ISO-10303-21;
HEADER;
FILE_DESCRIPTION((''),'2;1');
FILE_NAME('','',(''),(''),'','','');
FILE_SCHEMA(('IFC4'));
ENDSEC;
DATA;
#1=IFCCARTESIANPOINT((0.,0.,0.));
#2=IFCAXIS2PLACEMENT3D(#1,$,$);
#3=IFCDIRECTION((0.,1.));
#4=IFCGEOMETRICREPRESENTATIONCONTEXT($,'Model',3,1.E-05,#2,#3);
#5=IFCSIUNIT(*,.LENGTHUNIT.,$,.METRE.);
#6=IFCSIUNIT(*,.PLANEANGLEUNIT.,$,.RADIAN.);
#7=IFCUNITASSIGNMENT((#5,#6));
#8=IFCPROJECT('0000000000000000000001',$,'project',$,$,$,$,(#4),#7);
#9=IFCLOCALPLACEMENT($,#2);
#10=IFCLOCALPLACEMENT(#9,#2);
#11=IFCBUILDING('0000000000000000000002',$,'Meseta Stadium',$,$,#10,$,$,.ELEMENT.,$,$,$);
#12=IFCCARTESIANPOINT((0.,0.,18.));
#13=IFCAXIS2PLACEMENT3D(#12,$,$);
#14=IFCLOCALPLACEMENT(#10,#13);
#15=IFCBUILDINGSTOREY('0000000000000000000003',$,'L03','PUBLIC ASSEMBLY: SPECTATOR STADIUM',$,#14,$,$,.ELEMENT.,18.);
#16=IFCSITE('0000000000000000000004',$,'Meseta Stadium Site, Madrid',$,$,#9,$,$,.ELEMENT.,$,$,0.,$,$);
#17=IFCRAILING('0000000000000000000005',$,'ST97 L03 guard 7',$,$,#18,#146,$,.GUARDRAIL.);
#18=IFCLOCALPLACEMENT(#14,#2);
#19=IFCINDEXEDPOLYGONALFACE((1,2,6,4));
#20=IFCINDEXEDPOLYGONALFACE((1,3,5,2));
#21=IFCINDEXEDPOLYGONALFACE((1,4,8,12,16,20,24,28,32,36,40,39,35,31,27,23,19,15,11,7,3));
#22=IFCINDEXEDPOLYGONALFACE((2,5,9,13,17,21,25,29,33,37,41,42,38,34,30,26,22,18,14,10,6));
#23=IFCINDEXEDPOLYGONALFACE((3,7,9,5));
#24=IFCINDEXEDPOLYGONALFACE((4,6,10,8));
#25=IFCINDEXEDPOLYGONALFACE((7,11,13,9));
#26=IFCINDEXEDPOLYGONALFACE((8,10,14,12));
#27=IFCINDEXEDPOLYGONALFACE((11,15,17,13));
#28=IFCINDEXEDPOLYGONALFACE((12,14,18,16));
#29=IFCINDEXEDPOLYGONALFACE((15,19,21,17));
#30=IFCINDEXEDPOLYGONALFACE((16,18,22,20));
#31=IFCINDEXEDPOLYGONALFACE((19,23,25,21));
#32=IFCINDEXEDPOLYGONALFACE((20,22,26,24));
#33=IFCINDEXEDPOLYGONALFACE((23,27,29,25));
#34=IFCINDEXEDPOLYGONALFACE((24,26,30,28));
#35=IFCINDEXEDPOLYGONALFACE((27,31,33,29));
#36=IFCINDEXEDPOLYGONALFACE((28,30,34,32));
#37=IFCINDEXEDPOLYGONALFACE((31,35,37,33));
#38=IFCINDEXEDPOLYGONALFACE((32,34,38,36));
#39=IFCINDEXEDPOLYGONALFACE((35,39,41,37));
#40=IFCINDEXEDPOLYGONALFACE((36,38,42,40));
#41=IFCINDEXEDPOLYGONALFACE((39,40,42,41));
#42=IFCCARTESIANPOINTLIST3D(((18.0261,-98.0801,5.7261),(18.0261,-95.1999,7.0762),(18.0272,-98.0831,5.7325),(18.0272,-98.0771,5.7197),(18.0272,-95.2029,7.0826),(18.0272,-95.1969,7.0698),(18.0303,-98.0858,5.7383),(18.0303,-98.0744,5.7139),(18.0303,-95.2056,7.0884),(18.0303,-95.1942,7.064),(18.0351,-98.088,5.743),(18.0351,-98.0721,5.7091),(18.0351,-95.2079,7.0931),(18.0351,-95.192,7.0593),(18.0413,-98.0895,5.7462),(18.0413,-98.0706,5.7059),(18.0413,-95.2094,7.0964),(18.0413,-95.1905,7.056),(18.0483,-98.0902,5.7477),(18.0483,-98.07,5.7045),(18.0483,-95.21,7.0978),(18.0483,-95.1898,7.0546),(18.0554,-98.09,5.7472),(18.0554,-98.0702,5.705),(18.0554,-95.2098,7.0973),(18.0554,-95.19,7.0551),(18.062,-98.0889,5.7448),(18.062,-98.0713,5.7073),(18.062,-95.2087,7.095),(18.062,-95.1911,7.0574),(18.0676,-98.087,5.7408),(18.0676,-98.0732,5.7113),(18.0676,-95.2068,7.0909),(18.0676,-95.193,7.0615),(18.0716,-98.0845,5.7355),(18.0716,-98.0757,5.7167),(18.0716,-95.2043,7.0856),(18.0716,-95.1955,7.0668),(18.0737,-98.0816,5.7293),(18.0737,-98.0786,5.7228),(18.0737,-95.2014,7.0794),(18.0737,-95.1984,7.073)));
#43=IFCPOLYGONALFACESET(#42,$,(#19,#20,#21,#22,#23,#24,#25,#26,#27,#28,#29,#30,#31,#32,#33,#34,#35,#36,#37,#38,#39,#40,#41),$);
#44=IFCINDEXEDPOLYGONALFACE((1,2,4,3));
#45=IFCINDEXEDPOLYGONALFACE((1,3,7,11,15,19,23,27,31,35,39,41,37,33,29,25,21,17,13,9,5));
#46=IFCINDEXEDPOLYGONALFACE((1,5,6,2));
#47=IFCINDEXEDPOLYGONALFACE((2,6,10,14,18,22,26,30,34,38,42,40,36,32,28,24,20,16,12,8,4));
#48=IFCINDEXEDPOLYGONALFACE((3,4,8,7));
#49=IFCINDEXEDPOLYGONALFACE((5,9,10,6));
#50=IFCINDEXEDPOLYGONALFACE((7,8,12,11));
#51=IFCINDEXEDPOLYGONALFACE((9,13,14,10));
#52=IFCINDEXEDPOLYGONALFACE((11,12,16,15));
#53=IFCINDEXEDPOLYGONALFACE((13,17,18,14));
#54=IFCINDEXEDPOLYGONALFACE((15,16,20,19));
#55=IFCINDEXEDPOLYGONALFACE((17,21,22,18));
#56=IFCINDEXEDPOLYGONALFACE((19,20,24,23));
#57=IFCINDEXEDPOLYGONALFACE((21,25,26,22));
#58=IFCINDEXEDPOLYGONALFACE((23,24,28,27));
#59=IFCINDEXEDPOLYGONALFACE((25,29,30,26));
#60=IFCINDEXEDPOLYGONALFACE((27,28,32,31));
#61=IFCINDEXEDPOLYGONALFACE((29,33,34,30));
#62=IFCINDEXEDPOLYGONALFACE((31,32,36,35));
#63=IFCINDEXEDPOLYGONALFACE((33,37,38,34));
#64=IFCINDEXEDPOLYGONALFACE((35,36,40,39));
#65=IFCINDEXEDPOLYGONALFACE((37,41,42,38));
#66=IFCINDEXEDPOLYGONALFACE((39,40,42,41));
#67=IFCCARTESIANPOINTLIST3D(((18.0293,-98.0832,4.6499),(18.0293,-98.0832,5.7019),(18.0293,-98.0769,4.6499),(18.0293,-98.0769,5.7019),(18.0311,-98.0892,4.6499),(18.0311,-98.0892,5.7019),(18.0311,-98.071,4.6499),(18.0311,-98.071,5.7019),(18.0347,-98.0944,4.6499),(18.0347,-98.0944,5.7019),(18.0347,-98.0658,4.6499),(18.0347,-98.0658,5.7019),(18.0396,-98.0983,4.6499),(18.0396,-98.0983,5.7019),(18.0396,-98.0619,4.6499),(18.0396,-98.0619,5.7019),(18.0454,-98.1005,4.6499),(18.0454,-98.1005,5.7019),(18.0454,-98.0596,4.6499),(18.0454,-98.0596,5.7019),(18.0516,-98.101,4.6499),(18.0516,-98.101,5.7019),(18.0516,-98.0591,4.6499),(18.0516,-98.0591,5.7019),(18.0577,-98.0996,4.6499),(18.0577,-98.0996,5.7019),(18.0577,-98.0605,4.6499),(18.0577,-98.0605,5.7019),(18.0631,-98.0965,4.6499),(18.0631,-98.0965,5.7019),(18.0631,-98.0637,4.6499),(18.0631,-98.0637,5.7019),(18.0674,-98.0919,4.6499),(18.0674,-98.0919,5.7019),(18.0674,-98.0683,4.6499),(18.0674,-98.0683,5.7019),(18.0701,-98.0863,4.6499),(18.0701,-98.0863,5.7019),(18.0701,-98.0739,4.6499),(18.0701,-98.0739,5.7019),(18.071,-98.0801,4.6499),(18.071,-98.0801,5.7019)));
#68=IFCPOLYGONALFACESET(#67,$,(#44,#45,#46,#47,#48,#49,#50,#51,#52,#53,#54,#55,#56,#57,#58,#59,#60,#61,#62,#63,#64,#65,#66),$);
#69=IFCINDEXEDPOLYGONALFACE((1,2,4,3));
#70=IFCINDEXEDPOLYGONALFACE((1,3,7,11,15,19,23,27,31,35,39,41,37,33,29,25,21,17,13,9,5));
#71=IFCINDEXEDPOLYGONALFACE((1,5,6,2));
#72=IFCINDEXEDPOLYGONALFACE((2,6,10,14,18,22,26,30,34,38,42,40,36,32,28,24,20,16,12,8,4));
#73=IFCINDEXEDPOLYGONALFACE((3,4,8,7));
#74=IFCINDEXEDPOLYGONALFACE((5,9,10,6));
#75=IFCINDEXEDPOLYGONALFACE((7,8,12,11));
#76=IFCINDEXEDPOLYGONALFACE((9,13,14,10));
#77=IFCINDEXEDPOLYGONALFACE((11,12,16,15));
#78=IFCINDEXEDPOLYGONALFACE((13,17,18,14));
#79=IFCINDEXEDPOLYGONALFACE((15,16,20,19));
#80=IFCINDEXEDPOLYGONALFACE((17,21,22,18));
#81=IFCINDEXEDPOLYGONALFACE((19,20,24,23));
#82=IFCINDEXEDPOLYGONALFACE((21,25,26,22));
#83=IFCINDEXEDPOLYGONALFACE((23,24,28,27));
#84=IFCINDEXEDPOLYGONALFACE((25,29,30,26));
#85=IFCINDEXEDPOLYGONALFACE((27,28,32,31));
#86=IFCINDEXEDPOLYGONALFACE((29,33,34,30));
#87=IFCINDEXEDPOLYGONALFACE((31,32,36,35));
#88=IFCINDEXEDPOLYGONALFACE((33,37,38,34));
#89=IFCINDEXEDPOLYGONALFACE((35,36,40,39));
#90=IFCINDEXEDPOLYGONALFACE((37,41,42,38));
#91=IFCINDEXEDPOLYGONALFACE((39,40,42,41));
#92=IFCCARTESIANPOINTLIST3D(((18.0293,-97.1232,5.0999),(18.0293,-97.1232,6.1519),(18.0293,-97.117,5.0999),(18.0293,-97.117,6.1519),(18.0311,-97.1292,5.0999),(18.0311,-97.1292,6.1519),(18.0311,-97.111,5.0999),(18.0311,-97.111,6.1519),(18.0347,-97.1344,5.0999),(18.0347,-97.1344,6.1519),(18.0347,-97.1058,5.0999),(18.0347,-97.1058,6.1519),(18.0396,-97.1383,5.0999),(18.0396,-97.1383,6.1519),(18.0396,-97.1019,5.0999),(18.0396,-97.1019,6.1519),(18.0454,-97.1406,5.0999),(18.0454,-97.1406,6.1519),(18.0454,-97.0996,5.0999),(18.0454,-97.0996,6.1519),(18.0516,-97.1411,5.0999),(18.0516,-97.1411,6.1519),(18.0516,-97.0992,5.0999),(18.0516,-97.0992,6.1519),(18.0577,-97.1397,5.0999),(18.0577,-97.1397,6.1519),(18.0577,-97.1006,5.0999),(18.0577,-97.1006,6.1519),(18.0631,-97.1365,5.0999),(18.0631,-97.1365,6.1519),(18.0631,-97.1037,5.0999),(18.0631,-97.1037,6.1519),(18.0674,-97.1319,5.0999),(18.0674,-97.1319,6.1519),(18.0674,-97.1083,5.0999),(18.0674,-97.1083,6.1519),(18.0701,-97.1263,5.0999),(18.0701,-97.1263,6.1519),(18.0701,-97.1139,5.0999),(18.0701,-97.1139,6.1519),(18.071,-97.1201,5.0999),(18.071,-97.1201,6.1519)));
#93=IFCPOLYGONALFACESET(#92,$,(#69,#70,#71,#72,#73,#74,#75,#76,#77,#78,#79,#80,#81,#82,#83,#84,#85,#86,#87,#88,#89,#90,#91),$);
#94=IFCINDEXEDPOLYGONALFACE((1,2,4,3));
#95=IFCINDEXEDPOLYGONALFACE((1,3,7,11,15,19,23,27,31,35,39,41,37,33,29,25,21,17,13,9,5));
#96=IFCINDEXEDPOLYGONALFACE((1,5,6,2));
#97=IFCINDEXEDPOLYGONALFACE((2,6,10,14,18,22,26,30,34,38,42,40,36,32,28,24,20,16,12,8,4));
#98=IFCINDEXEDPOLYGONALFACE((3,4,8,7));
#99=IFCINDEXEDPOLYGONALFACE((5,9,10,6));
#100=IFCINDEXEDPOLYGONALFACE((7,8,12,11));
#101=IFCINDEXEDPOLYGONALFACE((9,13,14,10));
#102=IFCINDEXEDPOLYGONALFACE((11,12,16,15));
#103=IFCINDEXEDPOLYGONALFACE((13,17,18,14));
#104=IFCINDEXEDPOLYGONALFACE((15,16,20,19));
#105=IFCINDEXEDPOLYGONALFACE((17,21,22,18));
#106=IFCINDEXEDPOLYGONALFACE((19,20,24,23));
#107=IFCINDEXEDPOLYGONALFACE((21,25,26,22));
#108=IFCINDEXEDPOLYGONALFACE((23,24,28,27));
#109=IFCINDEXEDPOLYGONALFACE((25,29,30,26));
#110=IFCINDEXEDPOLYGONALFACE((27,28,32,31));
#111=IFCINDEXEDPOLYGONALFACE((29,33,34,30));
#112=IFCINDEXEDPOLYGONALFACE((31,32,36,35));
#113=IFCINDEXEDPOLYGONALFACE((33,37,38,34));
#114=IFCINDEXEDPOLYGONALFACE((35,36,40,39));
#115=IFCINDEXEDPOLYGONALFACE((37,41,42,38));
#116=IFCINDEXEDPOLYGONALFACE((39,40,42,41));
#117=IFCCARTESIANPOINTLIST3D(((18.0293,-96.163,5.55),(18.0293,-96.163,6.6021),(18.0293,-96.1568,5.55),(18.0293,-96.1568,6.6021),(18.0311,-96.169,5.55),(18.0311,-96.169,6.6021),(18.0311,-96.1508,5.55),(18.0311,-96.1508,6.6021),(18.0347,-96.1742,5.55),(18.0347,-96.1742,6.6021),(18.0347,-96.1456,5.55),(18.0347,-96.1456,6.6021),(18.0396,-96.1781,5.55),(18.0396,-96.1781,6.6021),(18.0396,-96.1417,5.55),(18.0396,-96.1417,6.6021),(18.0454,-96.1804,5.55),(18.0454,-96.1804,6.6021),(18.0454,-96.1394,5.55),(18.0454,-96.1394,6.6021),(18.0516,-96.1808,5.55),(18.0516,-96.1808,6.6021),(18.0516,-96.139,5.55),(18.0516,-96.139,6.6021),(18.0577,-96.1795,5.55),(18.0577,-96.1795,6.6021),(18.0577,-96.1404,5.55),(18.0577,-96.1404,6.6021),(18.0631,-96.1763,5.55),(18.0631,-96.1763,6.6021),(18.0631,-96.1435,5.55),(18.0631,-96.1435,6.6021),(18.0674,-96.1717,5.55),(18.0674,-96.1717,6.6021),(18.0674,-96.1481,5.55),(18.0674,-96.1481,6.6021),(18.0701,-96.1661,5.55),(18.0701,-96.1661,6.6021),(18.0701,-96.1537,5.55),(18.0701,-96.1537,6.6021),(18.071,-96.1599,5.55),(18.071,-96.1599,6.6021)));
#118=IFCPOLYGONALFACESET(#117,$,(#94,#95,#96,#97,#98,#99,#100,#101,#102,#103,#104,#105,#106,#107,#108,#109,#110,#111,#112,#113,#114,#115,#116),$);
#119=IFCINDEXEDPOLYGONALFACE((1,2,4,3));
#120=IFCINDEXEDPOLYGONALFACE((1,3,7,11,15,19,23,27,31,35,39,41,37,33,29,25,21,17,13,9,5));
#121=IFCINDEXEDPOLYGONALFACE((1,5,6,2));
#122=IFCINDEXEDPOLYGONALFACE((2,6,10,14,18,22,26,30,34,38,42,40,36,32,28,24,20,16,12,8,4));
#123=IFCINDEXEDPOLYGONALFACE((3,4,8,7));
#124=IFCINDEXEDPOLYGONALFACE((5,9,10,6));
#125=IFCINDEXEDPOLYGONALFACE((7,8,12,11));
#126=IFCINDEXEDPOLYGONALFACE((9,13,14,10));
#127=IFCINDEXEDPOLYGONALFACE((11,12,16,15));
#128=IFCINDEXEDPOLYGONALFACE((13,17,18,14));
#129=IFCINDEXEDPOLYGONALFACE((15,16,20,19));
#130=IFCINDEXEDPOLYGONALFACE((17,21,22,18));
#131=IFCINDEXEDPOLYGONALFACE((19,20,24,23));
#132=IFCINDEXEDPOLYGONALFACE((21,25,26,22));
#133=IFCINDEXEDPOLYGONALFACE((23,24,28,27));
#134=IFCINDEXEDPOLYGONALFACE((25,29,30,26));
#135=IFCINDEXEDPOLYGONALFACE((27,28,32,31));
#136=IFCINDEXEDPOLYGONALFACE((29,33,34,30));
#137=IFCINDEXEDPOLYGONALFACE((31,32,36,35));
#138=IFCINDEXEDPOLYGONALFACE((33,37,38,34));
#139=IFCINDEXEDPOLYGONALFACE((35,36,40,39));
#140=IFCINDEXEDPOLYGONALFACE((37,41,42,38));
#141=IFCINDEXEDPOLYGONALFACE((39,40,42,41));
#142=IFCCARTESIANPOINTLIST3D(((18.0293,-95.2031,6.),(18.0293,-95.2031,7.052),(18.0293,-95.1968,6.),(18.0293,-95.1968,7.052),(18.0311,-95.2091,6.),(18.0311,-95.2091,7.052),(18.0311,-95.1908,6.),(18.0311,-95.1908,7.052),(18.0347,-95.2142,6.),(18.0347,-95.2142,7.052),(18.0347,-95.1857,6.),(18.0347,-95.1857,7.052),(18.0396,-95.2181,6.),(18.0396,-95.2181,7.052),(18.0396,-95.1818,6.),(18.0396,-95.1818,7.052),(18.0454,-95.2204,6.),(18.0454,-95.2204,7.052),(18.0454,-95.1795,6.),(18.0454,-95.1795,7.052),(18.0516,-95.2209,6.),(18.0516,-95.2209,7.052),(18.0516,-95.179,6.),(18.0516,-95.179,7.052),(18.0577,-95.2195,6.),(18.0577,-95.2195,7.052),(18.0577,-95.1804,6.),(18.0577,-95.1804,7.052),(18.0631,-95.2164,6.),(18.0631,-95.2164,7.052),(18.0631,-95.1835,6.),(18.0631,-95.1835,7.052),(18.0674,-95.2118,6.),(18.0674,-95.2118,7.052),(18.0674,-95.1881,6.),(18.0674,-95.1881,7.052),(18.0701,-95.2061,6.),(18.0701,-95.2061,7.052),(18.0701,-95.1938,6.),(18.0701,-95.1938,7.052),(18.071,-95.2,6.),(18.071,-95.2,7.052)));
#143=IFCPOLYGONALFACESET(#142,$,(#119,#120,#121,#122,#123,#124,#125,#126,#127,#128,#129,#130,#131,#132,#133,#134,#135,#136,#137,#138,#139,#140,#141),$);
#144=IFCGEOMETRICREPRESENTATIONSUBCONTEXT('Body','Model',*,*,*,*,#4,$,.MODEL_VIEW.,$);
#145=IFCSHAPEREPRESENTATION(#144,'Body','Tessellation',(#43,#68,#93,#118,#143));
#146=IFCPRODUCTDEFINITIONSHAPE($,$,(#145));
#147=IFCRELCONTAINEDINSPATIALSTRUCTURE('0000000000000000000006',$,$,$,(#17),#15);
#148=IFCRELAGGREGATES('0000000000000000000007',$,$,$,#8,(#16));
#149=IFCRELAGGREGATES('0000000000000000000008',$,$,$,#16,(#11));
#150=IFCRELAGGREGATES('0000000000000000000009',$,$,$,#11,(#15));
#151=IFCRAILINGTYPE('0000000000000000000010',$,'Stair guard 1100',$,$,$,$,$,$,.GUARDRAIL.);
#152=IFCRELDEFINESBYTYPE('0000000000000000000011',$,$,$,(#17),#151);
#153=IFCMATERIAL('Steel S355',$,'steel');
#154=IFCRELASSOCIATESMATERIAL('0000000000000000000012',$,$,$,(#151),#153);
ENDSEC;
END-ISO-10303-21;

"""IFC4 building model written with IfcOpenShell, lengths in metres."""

from ifc_helpers import new_model, si_unit, direction, frame, origin, origin_2d, place, context, subcontext, project, spatial, circle, extrude, material, type_object, element, save


model = new_model("IFC4")

# Units and contexts
model_context = context("Model", 3, precision=1e-05, world=origin(), true_north=direction((0.0, 1.0)))
body_context = subcontext(model_context, "Body", "Model", "MODEL_VIEW")
ifc_project = project(units=[si_unit("LENGTHUNIT", "METRE"), si_unit("PLANEANGLEUNIT", "RADIAN")], contexts=[model_context])

# Site, building, storey
site_placement = place(None, origin())
site = spatial("IfcSite", under=ifc_project, at=site_placement, Name="Meseta Stadium Site, Madrid", CompositionType="ELEMENT", RefElevation=0.0)
building_placement = place(site_placement, origin())
building = spatial("IfcBuilding", under=site, at=building_placement, Name="Meseta Stadium", CompositionType="ELEMENT")
storey_placement = place(building_placement, frame((0.0, 0.0, 18.0)))
storey = spatial("IfcBuildingStorey", under=building, at=storey_placement, Name="L03", Description="PUBLIC ASSEMBLY: SPECTATOR STADIUM", CompositionType="ELEMENT", Elevation=18.0)

# Railing
ifc_material_1 = material(Name="Steel S355", Category="steel")
railing_type_1 = type_object("IfcRailingType", Name="Stair guard 1100", PredefinedType="GUARDRAIL", material=ifc_material_1)
railing_1_placement = place(storey_placement, frame((18.05, -98.0801, 4.6499)))
element("IfcRailing", 1, at=railing_1_placement, inside=storey, type_object=railing_type_1, Name="ST97 L03 guard 7", PredefinedType="GUARDRAIL", context=body_context, shape_type="SweptSolid", body=[
    extrude(circle(Radius=0.0239, at=origin_2d()), frame((0.0, 0.0, 1.0762), z_axis=(0.0, 0.905454, 0.424444), x_axis=(-1.0, 0.0, 0.0)), (0.0, 0.0, 1.0), 3.1809),
    extrude(circle(Radius=0.021, at=origin_2d()), origin(), (0.0, 0.0, 1.0), 1.052),
    extrude(circle(Radius=0.021, at=origin_2d()), frame((0.0, 0.96, 0.45)), (0.0, 0.0, 1.0), 1.052),
    extrude(circle(Radius=0.021, at=origin_2d()), frame((0.0, 1.9202, 0.9001)), (0.0, 0.0, 1.0), 1.052),
    extrude(circle(Radius=0.021, at=origin_2d()), frame((0.0, 2.8801, 1.3501)), (0.0, 0.0, 1.0), 1.052),
])

save(model, "model.ifc")
